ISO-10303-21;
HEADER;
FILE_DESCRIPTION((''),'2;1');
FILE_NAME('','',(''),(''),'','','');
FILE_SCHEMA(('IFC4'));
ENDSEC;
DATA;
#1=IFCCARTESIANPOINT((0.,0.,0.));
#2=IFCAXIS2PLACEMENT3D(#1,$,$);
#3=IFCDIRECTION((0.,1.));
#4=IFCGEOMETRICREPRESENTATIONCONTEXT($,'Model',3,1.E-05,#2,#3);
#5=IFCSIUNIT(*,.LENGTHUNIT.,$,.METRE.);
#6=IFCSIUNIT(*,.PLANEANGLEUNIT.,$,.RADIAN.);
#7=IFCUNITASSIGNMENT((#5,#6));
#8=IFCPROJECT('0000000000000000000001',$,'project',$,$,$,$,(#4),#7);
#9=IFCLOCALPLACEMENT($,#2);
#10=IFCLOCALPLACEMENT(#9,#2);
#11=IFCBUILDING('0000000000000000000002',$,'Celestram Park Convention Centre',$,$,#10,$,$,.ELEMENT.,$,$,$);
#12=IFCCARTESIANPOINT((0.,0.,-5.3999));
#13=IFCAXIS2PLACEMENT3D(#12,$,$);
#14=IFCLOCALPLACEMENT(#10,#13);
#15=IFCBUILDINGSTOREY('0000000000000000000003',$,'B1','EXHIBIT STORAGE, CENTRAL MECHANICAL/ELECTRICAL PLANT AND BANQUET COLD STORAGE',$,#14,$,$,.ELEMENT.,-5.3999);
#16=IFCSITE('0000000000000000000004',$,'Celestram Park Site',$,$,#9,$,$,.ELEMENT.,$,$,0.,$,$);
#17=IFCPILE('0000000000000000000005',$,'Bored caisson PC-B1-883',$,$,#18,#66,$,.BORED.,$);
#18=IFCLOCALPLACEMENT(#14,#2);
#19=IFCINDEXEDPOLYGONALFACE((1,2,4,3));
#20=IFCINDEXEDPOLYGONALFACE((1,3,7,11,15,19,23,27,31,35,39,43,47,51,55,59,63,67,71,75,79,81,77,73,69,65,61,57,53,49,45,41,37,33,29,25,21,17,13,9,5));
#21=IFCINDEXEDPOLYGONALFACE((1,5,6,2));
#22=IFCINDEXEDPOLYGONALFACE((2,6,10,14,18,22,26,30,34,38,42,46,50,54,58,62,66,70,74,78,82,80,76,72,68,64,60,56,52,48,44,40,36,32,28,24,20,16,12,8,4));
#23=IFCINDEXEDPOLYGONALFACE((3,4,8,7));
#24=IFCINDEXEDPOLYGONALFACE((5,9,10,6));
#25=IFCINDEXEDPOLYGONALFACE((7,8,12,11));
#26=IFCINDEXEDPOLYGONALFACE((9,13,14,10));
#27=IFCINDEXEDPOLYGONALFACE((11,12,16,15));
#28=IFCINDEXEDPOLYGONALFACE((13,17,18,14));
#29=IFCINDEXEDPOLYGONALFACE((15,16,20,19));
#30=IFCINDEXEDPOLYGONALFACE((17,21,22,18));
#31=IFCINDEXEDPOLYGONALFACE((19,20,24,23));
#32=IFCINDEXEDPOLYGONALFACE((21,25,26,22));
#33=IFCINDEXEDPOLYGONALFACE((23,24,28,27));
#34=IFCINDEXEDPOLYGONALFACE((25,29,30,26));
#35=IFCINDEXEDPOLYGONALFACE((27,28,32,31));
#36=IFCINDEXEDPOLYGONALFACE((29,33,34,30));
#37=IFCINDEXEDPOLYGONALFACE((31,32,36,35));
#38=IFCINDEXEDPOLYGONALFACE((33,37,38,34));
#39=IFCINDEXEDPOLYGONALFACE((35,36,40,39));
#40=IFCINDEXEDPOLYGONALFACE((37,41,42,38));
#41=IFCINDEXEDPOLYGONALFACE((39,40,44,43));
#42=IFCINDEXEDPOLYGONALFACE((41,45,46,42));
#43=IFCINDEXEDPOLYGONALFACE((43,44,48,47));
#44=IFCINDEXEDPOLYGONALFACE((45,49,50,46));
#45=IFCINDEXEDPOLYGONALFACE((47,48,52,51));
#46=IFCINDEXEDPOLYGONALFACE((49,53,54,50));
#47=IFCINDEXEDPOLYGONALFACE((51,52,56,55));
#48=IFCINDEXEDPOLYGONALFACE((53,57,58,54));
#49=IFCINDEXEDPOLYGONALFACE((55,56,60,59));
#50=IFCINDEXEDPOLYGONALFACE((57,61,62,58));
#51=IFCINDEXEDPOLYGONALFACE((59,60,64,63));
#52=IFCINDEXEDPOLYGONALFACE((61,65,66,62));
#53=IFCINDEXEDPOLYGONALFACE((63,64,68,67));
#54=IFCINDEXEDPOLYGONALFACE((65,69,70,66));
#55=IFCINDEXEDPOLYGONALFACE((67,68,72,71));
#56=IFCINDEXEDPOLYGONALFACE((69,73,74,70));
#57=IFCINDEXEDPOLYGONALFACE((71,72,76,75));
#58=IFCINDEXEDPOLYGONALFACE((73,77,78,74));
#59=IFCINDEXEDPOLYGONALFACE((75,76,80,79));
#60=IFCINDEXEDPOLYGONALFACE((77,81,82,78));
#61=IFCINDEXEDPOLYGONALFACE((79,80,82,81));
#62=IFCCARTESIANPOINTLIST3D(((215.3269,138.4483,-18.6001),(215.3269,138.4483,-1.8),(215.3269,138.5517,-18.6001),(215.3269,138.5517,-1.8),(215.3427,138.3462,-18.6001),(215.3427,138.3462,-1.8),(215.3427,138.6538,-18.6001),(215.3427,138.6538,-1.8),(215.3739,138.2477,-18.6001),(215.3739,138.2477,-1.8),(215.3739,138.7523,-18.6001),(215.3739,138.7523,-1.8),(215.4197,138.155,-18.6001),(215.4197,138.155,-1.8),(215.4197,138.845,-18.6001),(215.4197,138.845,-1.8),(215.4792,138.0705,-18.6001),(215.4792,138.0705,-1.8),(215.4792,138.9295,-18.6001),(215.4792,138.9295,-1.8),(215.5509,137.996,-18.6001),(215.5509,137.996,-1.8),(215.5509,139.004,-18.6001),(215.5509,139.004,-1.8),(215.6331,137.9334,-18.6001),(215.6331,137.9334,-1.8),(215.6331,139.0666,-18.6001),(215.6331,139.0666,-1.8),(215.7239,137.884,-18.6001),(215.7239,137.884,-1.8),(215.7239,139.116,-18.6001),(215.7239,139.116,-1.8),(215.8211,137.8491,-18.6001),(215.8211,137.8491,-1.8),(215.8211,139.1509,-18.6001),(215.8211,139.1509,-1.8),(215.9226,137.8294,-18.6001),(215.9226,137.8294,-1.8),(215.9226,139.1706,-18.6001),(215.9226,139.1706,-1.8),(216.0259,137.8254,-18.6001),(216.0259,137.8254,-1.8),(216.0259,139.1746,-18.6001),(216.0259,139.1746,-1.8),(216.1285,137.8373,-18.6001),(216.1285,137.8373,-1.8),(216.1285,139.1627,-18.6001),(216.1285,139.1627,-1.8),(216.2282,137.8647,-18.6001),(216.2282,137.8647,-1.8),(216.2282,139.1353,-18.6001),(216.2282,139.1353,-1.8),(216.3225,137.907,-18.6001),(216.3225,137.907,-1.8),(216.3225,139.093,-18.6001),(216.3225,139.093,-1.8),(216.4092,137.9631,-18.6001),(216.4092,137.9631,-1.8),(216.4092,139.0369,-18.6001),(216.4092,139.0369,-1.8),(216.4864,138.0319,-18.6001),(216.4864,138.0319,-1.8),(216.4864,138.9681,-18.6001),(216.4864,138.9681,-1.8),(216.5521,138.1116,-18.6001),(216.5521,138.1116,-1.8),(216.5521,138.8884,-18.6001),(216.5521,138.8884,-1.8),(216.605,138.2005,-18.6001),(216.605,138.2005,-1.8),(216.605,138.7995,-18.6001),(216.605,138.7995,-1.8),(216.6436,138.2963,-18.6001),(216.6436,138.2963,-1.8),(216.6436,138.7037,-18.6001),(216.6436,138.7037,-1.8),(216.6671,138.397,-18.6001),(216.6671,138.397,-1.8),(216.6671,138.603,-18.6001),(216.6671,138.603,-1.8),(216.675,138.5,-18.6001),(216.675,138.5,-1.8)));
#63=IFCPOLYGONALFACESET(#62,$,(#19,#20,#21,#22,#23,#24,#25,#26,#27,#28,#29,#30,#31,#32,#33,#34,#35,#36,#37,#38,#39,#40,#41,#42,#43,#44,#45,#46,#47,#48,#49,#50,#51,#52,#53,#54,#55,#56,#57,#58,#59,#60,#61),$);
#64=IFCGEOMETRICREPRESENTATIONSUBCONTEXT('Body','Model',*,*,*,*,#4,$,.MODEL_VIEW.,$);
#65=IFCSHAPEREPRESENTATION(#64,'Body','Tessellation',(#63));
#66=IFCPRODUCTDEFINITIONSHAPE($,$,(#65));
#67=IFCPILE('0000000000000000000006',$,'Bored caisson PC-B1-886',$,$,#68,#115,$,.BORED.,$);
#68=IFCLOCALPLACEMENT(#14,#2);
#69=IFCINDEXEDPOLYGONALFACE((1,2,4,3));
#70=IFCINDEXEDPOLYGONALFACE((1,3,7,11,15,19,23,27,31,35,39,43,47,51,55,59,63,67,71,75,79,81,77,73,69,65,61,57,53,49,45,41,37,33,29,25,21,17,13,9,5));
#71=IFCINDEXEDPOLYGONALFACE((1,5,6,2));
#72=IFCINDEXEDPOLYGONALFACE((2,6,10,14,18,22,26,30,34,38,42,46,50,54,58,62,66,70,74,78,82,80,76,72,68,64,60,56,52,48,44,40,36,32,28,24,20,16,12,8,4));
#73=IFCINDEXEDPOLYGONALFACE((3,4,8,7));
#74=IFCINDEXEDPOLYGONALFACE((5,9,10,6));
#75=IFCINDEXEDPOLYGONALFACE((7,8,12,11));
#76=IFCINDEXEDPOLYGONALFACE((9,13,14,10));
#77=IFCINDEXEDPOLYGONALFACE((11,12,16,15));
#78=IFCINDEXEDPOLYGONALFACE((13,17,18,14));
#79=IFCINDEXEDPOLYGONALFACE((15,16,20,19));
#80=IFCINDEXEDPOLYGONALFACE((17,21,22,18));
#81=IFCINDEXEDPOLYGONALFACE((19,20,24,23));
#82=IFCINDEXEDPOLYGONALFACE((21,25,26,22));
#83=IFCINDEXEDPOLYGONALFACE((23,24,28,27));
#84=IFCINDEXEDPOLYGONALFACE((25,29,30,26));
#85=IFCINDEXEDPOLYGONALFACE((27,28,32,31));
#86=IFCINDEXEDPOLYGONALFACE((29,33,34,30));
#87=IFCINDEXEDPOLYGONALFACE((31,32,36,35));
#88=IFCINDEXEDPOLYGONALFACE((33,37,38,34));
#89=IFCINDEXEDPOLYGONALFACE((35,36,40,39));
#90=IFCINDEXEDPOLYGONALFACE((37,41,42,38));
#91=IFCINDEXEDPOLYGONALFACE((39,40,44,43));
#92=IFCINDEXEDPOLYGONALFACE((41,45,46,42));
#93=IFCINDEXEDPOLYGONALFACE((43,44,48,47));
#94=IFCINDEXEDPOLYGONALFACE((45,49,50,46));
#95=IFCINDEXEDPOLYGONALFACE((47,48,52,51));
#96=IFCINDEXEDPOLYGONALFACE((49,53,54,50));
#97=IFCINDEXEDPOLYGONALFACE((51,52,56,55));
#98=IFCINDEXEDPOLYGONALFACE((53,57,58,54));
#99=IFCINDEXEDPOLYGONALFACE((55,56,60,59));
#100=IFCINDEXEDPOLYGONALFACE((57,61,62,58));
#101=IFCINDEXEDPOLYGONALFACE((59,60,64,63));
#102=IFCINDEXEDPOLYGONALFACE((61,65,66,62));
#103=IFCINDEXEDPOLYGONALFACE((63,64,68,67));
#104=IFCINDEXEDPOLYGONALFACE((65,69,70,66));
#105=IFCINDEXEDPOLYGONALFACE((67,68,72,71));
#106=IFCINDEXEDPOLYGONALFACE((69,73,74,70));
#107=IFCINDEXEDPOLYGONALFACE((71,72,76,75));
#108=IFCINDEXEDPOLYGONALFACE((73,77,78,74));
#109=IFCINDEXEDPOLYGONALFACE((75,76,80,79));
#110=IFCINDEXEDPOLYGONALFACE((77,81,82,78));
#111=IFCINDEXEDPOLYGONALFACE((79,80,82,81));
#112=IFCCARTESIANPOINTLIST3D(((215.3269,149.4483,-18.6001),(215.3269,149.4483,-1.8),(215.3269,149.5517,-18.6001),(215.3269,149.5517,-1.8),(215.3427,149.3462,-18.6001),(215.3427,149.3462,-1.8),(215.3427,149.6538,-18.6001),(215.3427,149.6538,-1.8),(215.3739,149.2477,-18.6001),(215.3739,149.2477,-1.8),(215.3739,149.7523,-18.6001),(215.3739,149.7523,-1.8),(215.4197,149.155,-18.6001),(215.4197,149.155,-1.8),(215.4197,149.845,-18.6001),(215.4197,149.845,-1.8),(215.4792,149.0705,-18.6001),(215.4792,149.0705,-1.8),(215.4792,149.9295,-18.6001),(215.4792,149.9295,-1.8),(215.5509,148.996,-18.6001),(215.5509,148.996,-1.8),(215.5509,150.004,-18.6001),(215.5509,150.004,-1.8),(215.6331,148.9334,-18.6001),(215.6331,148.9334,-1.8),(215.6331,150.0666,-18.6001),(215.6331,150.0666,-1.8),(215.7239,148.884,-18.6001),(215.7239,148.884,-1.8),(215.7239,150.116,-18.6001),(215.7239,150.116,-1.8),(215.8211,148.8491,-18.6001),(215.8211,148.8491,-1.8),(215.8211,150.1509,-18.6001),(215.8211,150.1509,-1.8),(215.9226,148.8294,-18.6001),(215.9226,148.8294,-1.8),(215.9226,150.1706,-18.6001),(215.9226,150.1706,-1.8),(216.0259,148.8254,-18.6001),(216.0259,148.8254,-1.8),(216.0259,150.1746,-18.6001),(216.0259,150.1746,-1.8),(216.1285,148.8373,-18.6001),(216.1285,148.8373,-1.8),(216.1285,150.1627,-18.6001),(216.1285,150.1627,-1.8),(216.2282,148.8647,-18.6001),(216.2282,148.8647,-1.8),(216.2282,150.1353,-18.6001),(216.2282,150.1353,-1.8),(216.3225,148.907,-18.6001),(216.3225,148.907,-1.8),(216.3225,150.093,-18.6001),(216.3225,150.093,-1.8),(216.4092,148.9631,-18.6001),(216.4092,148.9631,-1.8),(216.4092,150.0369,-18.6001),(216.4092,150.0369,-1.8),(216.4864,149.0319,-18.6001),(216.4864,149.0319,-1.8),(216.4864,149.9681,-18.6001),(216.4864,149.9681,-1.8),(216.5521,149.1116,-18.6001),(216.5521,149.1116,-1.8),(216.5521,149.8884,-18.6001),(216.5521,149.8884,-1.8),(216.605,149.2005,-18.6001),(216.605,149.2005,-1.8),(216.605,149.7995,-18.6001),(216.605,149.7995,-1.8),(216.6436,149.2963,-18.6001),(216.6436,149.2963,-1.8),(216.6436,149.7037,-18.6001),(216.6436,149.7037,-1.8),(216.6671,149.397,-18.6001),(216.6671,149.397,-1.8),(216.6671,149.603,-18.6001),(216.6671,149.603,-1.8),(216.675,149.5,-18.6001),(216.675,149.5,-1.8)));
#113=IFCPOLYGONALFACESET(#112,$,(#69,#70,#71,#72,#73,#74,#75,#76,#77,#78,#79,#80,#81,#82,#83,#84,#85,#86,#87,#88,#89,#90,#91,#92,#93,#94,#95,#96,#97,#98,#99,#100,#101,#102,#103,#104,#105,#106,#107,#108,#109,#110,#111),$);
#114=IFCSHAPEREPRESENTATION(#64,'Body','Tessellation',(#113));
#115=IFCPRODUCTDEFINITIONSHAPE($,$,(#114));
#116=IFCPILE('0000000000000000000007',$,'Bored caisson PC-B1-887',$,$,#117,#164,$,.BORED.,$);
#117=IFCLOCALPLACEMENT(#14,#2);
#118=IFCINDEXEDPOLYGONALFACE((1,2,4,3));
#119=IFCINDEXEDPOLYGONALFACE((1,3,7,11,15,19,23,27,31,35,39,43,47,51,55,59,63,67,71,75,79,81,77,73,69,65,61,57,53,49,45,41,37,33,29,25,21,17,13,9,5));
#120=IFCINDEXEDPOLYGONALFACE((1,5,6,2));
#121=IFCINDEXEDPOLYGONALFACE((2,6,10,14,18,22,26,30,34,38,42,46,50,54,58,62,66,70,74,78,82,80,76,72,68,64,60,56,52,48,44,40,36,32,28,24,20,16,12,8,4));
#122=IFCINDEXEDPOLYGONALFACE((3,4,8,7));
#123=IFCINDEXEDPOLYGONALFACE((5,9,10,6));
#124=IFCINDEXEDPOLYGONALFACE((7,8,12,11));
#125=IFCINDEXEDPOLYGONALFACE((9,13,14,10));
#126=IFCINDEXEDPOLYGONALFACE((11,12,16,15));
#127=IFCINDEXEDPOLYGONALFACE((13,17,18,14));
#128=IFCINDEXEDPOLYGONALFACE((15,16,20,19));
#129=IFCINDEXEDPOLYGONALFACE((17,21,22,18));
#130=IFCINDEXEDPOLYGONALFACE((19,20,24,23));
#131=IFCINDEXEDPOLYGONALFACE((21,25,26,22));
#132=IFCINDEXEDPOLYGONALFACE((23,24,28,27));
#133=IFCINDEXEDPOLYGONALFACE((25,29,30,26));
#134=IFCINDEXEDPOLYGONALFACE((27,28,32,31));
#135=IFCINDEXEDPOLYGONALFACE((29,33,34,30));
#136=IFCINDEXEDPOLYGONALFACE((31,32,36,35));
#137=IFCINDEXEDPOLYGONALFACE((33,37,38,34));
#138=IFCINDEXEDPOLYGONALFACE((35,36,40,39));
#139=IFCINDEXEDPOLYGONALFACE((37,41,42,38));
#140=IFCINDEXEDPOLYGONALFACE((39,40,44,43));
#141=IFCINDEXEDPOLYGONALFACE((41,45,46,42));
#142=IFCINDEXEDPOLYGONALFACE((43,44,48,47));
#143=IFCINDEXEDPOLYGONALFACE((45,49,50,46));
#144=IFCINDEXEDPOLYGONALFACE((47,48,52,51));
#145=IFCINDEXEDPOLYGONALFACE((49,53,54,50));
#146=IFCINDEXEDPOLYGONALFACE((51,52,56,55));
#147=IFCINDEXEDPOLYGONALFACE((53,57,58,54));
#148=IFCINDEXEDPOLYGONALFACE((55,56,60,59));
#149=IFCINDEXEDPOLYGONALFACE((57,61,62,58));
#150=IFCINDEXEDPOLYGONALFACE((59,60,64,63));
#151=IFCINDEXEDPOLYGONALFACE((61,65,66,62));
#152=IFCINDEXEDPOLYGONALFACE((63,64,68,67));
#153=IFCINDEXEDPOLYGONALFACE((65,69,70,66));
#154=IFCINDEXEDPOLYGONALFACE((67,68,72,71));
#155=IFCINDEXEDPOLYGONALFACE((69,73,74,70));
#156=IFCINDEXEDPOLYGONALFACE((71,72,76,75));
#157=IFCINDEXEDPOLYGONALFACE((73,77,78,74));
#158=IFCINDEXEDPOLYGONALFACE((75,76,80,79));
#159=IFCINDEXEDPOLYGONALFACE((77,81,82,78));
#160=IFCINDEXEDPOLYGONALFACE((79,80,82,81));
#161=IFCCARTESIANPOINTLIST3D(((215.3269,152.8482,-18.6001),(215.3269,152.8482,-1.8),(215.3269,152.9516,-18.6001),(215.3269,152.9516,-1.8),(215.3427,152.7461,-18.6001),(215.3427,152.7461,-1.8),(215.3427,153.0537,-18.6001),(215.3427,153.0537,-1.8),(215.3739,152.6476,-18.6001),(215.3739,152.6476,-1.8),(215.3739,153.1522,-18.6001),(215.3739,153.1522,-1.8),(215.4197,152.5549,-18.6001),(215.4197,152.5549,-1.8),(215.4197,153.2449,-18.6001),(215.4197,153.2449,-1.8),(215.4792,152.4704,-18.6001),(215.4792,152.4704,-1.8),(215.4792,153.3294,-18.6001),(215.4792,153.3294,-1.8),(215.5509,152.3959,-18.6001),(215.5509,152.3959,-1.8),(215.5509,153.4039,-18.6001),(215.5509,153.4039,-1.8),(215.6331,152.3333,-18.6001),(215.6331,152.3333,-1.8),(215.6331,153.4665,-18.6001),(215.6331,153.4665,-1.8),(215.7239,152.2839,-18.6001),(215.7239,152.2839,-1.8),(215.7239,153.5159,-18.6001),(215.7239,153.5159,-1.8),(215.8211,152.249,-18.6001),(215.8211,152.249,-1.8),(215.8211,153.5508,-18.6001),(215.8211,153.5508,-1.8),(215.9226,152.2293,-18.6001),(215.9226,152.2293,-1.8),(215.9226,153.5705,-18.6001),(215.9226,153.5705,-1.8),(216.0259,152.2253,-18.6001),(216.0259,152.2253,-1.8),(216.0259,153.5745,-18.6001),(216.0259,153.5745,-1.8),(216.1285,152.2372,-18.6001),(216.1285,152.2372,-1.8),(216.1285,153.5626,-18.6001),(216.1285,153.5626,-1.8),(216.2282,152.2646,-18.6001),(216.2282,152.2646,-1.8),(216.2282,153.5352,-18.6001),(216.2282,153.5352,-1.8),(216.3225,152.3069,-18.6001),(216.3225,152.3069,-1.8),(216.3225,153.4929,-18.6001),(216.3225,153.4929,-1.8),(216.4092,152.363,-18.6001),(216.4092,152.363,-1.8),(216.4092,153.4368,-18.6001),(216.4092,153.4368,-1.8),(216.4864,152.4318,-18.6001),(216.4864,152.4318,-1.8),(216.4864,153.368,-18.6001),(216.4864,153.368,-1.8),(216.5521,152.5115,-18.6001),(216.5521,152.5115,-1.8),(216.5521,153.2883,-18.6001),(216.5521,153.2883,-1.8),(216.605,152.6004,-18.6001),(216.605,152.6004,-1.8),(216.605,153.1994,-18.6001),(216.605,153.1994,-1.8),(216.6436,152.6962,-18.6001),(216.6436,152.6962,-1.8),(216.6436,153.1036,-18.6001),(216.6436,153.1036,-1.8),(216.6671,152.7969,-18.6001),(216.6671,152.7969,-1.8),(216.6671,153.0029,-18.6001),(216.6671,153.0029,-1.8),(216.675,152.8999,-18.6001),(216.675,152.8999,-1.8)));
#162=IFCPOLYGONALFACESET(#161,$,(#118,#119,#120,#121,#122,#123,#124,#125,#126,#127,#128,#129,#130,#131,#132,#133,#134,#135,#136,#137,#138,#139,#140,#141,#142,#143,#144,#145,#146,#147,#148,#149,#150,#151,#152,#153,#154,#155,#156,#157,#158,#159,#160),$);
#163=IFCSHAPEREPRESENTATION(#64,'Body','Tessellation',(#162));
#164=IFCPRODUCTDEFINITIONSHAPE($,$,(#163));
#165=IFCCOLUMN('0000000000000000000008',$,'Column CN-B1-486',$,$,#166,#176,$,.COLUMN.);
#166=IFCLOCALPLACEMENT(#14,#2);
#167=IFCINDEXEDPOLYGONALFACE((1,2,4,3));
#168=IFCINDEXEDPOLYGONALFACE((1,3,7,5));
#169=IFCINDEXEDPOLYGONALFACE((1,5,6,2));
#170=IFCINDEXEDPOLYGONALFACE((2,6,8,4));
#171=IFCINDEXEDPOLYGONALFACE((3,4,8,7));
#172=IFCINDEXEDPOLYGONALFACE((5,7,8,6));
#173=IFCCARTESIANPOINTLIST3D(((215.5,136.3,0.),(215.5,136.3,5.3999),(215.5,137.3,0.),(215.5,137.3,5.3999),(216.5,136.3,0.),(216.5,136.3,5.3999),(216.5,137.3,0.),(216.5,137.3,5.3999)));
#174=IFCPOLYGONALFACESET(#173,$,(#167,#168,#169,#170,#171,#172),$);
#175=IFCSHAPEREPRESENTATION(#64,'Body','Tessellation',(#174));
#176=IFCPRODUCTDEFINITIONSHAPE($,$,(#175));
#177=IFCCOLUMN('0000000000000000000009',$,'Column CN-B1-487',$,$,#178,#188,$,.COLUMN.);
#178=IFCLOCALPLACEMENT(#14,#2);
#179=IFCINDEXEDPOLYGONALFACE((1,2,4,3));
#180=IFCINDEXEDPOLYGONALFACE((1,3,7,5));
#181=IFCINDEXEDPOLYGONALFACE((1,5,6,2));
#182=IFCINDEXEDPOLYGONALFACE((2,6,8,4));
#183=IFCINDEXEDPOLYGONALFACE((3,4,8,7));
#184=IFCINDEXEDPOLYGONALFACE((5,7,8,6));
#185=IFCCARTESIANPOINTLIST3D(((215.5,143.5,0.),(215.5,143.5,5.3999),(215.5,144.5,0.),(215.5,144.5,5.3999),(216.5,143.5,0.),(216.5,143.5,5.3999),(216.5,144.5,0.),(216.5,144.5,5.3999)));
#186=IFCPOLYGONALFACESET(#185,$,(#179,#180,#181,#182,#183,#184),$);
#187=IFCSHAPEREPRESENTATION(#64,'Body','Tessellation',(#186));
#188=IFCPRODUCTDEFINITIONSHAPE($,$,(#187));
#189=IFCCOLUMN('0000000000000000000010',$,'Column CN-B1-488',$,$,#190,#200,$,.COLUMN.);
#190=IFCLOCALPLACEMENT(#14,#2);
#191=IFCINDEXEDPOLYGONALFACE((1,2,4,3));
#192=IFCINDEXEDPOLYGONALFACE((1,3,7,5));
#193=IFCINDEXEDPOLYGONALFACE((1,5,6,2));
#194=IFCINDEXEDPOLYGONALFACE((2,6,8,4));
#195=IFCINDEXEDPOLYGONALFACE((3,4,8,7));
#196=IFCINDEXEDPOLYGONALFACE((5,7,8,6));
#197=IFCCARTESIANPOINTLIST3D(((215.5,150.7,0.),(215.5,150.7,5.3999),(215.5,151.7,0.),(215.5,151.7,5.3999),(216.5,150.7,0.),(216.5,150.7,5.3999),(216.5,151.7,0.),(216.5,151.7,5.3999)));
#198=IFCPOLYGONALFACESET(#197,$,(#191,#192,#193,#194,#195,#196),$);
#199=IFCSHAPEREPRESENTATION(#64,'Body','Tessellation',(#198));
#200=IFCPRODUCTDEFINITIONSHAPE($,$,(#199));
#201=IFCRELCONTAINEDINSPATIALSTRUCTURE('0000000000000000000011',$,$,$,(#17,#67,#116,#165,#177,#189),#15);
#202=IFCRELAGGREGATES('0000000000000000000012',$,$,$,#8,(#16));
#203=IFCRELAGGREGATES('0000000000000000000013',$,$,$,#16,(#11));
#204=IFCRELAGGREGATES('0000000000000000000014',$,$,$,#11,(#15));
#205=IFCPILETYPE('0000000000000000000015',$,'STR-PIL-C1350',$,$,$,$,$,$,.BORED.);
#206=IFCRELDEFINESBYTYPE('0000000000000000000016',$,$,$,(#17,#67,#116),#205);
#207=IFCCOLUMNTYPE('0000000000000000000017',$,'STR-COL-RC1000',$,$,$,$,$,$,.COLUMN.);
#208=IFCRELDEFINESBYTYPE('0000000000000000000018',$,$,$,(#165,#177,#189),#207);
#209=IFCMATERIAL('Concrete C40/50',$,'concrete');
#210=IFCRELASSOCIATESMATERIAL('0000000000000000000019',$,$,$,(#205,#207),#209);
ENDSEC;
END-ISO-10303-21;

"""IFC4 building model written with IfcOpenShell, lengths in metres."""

from ifc_helpers import new_model, si_unit, direction, frame, origin, origin_2d, place, context, subcontext, project, spatial, rectangle, circle, extrude, material, material_profile, profile_set, type_object, element, save


model = new_model("IFC4")

# Units and contexts
model_context = context("Model", 3, precision=1e-05, world=origin(), true_north=direction((0.0, 1.0)))
body_context = subcontext(model_context, "Body", "Model", "MODEL_VIEW")
ifc_project = project(units=[si_unit("LENGTHUNIT", "METRE"), si_unit("PLANEANGLEUNIT", "RADIAN")], contexts=[model_context])

# Site, building, storey
site_placement = place(None, origin())
site = spatial("IfcSite", under=ifc_project, at=site_placement, Name="Celestram Park Site", CompositionType="ELEMENT", RefElevation=0.0)
building_placement = place(site_placement, origin())
building = spatial("IfcBuilding", under=site, at=building_placement, Name="Celestram Park Convention Centre", CompositionType="ELEMENT")
storey_placement = place(building_placement, frame((0.0, 0.0, -5.3999)))
storey = spatial("IfcBuildingStorey", under=building, at=storey_placement, Name="B1", Description="EXHIBIT STORAGE, CENTRAL MECHANICAL/ELECTRICAL PLANT AND BANQUET COLD STORAGE", CompositionType="ELEMENT", Elevation=-5.3999)

# Shared definitions
ifc_material_1 = material(Name="Concrete C40/50", Category="concrete")

# Piles
ifc_material_profile_1 = material_profile(ifc_material_1, circle(Radius=0.675, at=origin_2d()), Name="CAISSON1350")
ifc_profile_set_1 = profile_set([ifc_material_profile_1], Name="Concrete C40/50")
pile_type_1 = type_object("IfcPileType", Name="STR-PIL-C1350", PredefinedType="BORED", material=ifc_profile_set_1)
for number, where, z_axis, x_axis, name in (
    (1, (216.0, 138.5, -1.8), (0.0, 0.0, -1.0), (1.0, 0.0, 0.0), "Bored caisson PC-B1-883"),
    (2, (216.0, 149.5, -1.8), (0.0, 0.0, -1.0), (1.0, 0.0, 0.0), "Bored caisson PC-B1-886"),
    (3, (216.0, 152.8999, -1.8), (0.0, 0.0, -1.0), (1.0, 0.0, 0.0), "Bored caisson PC-B1-887"),
):
    element("IfcPile", number, at=place(storey_placement, frame(where, z_axis=z_axis, x_axis=x_axis)), inside=storey, type_object=pile_type_1, Name=name, PredefinedType="BORED", context=body_context, shape_type="SweptSolid", body=[
        extrude(circle(Radius=0.675, at=origin_2d()), origin(), (0.0, 0.0, 1.0), 16.8),
    ])

# Columns
ifc_material_profile_2 = material_profile(ifc_material_1, rectangle(XDim=1.0, YDim=1.0, at=origin_2d()), Name="RC1000X1000")
ifc_profile_set_2 = profile_set([ifc_material_profile_2], Name="Concrete C40/50")
column_type_1 = type_object("IfcColumnType", Name="STR-COL-RC1000", PredefinedType="COLUMN", material=ifc_profile_set_2)
for number, where, z_axis, x_axis, name in (
    (4, (216.0, 136.8, 0.0), (0.0, 0.0, 1.0), (1.0, 0.0, 0.0), "Column CN-B1-486"),
    (5, (216.0, 144.0, 0.0), (0.0, 0.0, 1.0), (1.0, 0.0, 0.0), "Column CN-B1-487"),
    (6, (216.0, 151.2, 0.0), (0.0, 0.0, 1.0), (1.0, 0.0, 0.0), "Column CN-B1-488"),
):
    element("IfcColumn", number, at=place(storey_placement, frame(where, z_axis=z_axis, x_axis=x_axis)), inside=storey, type_object=column_type_1, Name=name, PredefinedType="COLUMN", context=body_context, shape_type="SweptSolid", body=[
        extrude(rectangle(XDim=1.0, YDim=1.0, at=origin_2d()), origin(), (0.0, 0.0, 1.0), 5.3999),
    ])

save(model, "model.ifc")
